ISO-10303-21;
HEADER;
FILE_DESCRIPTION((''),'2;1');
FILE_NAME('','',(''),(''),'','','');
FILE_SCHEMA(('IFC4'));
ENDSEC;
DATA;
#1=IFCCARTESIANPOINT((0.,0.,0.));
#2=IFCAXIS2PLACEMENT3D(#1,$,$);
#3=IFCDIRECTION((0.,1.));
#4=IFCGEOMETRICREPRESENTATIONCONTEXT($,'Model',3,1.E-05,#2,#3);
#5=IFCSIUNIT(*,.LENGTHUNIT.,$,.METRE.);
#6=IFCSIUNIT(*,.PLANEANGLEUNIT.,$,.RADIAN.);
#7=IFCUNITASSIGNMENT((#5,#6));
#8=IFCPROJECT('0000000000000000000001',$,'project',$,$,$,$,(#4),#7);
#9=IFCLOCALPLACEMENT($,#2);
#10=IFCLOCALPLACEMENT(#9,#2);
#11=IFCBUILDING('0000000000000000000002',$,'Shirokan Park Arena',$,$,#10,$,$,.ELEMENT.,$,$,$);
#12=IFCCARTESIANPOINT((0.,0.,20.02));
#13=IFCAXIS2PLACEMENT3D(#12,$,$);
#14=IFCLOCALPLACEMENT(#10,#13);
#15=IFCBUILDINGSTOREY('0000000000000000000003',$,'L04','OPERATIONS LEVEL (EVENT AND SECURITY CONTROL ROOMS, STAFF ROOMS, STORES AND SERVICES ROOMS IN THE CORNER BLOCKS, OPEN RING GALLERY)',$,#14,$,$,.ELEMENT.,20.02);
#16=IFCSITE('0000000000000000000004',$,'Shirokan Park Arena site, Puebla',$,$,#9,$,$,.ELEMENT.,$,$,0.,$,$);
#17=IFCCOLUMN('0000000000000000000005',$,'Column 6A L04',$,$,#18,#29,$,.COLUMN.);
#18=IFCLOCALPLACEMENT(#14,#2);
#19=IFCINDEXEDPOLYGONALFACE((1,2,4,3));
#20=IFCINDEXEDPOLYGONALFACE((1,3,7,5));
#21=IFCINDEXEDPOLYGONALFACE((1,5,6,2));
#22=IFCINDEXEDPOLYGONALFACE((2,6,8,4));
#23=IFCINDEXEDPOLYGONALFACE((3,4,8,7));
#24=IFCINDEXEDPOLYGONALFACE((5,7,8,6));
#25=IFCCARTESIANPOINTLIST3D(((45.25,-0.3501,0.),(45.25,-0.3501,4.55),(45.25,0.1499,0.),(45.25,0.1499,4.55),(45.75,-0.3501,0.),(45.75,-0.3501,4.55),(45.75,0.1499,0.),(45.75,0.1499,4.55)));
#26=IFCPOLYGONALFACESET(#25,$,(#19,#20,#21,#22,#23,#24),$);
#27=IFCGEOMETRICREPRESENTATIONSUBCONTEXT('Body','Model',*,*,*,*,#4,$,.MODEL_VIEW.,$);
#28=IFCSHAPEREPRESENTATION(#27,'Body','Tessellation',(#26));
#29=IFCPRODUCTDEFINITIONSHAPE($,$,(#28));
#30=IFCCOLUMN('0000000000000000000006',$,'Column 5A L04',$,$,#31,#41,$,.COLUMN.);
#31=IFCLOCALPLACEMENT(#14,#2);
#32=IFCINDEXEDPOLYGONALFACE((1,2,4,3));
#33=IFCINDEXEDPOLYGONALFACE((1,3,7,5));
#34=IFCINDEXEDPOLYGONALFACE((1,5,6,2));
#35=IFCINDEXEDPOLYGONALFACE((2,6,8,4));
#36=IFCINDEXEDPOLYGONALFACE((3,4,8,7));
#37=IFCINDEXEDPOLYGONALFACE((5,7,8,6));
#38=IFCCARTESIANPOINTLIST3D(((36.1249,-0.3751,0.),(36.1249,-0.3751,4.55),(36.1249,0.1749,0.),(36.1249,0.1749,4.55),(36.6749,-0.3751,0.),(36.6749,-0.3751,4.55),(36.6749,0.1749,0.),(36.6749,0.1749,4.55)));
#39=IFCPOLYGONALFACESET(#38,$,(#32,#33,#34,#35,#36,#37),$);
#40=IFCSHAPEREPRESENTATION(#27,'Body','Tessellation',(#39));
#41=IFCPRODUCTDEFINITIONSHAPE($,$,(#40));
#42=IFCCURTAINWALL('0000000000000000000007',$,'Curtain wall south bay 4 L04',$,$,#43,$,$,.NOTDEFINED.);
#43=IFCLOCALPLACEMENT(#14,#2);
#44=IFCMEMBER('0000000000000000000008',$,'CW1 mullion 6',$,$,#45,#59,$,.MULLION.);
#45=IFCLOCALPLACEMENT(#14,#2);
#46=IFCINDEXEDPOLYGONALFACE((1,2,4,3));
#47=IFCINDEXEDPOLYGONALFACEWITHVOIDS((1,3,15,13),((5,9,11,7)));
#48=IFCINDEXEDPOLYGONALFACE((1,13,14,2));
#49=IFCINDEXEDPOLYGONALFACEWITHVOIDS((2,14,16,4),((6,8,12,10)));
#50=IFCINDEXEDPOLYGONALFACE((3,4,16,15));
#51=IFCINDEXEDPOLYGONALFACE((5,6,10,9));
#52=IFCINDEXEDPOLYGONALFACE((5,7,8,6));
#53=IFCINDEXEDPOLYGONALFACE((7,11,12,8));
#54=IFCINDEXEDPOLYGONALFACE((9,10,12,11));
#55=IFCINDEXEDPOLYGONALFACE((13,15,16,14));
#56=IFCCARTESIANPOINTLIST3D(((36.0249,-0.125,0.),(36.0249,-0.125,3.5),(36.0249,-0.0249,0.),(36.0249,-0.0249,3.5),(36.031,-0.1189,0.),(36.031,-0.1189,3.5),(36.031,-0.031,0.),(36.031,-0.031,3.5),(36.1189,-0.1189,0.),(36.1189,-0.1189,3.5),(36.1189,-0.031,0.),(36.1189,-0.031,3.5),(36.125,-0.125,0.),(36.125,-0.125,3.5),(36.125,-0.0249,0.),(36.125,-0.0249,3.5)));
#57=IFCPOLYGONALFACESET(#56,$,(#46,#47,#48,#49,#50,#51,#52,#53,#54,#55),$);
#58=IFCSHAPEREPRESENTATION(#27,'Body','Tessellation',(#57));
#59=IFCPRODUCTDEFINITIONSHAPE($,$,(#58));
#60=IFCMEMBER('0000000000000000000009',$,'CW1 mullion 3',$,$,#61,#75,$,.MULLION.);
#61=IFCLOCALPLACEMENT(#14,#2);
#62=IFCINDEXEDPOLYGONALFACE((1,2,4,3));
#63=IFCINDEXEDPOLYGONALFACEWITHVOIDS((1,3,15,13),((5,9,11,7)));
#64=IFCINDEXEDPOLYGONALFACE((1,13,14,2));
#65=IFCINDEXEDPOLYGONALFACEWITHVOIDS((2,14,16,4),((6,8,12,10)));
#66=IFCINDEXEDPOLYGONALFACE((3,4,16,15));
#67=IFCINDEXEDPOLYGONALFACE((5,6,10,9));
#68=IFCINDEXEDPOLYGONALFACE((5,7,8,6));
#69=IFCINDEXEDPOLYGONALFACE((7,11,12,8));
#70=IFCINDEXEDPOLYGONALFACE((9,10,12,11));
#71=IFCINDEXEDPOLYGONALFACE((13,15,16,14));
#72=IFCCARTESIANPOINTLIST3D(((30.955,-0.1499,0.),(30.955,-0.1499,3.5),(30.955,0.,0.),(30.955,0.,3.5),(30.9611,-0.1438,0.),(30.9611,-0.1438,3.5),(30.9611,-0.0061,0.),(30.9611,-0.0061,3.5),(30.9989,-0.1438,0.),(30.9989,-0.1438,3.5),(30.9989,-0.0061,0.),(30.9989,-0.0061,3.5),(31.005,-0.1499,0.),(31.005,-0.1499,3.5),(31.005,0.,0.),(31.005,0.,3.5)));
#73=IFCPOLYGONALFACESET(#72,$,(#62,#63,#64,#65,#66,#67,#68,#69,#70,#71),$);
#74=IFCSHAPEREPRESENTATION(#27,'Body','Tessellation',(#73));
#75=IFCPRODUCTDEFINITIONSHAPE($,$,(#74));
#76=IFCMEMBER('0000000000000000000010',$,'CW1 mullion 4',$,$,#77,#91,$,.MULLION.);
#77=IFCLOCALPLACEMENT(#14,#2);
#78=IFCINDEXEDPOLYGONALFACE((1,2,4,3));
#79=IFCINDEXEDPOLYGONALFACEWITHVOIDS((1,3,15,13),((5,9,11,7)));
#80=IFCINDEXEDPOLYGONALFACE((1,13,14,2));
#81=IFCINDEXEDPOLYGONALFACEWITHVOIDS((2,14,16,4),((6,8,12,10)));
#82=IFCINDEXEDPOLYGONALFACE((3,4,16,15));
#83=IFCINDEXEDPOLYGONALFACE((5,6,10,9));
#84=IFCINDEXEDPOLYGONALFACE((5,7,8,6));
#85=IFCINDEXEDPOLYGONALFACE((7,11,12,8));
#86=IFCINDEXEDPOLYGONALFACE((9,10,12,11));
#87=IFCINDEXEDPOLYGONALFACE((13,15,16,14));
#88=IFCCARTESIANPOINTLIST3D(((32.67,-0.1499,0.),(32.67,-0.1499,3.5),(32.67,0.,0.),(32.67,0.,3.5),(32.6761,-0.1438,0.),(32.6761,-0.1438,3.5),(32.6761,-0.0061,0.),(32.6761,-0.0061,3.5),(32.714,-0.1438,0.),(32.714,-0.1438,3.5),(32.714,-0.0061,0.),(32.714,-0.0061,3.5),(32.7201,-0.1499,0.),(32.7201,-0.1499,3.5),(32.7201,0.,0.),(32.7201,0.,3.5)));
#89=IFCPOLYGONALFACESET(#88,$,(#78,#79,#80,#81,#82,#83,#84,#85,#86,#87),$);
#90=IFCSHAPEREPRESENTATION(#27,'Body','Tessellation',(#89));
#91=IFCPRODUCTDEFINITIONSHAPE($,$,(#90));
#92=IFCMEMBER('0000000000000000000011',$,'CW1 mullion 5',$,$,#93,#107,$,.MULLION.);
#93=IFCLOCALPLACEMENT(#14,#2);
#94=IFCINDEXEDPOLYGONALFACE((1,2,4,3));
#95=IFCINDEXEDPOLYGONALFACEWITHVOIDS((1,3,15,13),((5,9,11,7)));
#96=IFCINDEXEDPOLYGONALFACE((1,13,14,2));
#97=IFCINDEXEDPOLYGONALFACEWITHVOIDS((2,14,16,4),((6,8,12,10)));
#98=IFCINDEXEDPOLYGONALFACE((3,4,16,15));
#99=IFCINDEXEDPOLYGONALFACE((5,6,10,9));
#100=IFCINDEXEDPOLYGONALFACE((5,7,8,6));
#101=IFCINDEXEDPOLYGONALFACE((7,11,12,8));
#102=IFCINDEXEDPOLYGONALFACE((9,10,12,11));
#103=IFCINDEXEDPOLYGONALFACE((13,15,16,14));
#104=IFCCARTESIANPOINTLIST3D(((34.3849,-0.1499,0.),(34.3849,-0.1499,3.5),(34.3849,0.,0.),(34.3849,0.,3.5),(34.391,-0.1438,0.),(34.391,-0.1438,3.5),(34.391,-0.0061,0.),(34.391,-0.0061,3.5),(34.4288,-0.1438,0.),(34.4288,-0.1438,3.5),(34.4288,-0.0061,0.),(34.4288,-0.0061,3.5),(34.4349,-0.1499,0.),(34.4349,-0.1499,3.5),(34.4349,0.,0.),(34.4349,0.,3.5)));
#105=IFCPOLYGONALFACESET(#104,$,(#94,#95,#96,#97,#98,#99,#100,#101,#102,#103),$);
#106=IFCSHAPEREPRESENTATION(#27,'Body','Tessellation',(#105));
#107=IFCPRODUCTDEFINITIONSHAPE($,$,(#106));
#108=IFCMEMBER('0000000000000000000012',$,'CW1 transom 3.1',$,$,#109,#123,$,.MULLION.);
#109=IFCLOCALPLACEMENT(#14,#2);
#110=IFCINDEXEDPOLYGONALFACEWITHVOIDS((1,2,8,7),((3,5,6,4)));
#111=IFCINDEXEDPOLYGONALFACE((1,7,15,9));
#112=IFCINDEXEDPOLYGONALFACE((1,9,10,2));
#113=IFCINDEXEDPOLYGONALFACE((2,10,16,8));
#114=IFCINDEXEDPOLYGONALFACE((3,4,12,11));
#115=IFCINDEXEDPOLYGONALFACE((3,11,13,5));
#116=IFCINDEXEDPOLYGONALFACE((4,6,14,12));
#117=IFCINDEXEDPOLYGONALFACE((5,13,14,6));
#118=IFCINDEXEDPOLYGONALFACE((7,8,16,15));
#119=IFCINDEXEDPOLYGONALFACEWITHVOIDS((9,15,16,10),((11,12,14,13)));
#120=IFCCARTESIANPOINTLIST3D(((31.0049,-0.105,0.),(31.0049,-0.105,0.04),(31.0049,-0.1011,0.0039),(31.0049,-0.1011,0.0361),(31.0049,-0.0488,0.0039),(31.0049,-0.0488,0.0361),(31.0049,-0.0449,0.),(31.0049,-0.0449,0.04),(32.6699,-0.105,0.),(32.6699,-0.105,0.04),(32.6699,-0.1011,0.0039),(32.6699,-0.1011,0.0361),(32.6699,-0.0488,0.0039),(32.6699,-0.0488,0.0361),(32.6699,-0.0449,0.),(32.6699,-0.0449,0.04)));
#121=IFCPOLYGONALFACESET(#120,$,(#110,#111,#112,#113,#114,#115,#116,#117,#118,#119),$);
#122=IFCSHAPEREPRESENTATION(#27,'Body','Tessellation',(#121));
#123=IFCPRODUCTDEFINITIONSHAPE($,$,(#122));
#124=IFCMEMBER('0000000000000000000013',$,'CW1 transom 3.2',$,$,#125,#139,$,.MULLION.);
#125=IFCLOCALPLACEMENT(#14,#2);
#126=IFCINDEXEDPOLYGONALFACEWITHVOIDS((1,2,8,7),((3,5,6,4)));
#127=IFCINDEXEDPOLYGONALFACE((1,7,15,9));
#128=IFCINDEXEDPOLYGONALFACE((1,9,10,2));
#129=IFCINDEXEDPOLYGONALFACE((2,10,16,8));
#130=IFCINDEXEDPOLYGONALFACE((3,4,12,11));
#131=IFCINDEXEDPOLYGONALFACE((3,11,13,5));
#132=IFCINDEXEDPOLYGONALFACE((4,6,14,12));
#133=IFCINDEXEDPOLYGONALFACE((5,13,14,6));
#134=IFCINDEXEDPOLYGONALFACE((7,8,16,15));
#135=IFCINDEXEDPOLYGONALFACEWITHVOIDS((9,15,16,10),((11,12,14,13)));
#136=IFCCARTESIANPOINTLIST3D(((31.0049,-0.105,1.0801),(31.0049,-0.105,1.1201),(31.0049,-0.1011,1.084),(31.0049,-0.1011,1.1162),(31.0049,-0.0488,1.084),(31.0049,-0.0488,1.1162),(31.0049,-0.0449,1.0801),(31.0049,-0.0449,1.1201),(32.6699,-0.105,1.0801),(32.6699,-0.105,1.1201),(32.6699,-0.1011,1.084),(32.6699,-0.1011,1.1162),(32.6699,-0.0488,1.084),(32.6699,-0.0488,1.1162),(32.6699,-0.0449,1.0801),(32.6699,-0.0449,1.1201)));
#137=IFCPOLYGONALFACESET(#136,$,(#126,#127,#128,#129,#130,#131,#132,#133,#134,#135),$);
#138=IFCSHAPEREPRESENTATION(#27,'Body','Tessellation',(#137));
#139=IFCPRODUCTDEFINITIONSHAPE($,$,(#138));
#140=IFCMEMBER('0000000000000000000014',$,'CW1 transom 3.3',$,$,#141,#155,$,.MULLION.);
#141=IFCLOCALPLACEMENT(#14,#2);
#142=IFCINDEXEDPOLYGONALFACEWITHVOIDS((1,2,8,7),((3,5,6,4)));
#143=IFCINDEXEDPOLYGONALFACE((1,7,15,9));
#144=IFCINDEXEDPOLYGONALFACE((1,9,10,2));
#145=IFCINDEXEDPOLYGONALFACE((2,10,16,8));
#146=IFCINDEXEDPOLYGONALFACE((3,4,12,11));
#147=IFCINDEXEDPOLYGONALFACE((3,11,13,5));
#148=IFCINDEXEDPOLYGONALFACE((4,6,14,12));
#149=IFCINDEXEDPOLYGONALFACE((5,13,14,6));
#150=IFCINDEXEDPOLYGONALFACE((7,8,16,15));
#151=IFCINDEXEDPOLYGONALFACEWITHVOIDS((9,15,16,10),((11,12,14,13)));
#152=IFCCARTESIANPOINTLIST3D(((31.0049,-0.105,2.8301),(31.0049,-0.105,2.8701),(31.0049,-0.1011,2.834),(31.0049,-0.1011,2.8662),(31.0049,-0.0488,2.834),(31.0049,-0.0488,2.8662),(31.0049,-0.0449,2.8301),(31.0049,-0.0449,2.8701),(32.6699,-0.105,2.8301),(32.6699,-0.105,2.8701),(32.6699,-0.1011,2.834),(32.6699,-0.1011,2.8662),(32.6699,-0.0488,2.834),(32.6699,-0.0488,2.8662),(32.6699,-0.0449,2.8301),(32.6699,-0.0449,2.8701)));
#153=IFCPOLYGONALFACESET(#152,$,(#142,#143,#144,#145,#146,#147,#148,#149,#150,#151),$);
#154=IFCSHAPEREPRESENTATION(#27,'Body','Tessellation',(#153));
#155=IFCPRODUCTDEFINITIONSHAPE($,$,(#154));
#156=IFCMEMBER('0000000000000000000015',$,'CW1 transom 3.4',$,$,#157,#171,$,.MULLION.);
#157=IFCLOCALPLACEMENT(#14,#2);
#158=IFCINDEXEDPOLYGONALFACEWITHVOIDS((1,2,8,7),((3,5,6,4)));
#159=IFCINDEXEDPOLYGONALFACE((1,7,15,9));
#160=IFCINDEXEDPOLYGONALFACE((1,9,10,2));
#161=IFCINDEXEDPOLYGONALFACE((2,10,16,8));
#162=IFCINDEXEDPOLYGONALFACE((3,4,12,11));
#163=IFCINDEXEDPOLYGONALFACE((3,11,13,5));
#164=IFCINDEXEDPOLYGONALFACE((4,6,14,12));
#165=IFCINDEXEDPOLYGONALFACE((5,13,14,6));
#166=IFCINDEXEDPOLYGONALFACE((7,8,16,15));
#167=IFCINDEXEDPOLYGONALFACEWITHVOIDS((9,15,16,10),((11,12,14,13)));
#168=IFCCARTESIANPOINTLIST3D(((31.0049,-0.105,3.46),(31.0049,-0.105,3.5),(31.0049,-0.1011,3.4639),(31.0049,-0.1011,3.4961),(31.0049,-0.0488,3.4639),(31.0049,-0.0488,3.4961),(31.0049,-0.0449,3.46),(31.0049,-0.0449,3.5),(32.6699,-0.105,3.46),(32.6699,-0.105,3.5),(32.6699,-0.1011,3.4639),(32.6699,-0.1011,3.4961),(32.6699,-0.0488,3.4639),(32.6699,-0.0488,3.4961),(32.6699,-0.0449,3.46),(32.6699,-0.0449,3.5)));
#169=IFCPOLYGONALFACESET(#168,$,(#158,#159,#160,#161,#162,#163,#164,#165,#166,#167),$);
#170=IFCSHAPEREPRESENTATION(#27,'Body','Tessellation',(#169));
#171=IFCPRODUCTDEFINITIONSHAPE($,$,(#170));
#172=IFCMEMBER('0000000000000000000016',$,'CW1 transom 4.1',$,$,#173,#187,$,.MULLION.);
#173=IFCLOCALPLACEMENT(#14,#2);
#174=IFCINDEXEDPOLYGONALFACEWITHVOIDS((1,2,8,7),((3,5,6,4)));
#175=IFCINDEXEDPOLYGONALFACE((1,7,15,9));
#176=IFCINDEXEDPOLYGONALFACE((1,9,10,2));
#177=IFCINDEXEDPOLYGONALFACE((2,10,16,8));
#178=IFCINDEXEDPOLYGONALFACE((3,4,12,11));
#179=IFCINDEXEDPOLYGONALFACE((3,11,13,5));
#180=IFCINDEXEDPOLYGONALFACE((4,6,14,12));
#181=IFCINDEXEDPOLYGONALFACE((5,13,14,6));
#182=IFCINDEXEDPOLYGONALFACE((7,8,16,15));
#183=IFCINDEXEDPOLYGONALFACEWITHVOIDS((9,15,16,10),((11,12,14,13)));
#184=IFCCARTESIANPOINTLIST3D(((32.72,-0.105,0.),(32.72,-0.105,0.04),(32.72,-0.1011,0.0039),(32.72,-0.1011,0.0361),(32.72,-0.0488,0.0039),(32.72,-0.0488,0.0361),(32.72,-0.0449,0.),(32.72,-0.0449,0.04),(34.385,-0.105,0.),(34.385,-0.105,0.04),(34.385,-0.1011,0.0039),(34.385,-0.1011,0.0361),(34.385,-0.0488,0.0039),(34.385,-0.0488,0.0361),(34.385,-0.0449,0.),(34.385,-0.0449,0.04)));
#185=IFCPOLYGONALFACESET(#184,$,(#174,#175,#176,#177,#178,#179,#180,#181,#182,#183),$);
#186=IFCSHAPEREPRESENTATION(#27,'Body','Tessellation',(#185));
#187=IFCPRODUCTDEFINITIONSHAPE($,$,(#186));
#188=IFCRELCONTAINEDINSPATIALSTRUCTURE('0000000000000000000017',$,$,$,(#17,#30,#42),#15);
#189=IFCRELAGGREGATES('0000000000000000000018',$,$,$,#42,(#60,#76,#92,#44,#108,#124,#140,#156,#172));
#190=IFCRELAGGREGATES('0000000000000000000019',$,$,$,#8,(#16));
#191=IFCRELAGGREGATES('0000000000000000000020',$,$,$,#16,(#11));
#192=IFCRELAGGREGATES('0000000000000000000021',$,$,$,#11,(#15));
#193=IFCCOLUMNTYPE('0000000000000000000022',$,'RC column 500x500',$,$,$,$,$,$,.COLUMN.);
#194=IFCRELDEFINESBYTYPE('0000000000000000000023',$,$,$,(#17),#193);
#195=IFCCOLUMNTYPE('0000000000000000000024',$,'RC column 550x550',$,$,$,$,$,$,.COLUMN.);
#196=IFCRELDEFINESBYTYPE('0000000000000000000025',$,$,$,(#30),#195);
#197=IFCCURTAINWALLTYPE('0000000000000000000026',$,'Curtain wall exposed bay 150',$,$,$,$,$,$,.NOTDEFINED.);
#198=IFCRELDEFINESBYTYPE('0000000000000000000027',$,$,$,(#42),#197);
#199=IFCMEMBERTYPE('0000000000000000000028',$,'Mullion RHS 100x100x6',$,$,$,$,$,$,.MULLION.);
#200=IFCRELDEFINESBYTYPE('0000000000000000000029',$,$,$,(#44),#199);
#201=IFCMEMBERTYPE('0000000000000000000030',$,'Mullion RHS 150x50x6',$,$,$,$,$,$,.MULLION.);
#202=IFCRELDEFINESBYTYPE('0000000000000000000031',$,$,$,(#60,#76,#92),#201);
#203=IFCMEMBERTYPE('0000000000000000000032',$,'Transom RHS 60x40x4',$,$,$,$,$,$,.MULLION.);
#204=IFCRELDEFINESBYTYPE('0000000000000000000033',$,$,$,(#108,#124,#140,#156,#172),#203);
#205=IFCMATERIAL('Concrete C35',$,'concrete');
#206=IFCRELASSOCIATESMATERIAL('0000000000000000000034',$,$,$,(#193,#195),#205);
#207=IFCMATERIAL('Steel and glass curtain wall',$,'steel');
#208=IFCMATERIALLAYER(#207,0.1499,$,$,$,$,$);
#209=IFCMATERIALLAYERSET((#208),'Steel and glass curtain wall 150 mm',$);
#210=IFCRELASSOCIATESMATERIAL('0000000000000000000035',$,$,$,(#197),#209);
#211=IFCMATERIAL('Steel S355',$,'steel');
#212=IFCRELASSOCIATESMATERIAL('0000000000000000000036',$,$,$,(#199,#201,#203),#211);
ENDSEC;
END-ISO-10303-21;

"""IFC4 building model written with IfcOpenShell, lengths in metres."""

from ifc_helpers import new_model, si_unit, direction, frame, origin, origin_2d, place, context, subcontext, project, spatial, rectangle, hollow_rectangle, extrude, material, layer, layer_set, material_profile, profile_set, type_object, element, aggregate, save


model = new_model("IFC4")

# Units and contexts
model_context = context("Model", 3, precision=1e-05, world=origin(), true_north=direction((0.0, 1.0)))
body_context = subcontext(model_context, "Body", "Model", "MODEL_VIEW")
ifc_project = project(units=[si_unit("LENGTHUNIT", "METRE"), si_unit("PLANEANGLEUNIT", "RADIAN")], contexts=[model_context])

# Site, building, storey
site_placement = place(None, origin())
site = spatial("IfcSite", under=ifc_project, at=site_placement, Name="Shirokan Park Arena site, Puebla", CompositionType="ELEMENT", RefElevation=0.0)
building_placement = place(site_placement, origin())
building = spatial("IfcBuilding", under=site, at=building_placement, Name="Shirokan Park Arena", CompositionType="ELEMENT")
storey_placement = place(building_placement, frame((0.0, 0.0, 20.02)))
storey = spatial("IfcBuildingStorey", under=building, at=storey_placement, Name="L04", Description="OPERATIONS LEVEL (EVENT AND SECURITY CONTROL ROOMS, STAFF ROOMS, STORES AND SERVICES ROOMS IN THE CORNER BLOCKS, OPEN RING GALLERY)", CompositionType="ELEMENT", Elevation=20.02)

# Columns
ifc_material_1 = material(Name="Concrete C35", Category="concrete")
ifc_material_profile_1 = material_profile(ifc_material_1, rectangle(XDim=0.5, YDim=0.5, at=origin_2d()), Name="500x500")
ifc_profile_set_1 = profile_set([ifc_material_profile_1], Name="Concrete C35")
column_type_1 = type_object("IfcColumnType", Name="RC column 500x500", PredefinedType="COLUMN", material=ifc_profile_set_1)
column_1_placement = place(storey_placement, frame((45.5, -0.1001, 0.0), z_axis=(0.0, 0.0, 1.0), x_axis=(1.0, 0.0, 0.0)))
element("IfcColumn", 1, at=column_1_placement, inside=storey, type_object=column_type_1, Name="Column 6A L04", PredefinedType="COLUMN", context=body_context, shape_type="SweptSolid", body=[
    extrude(rectangle(XDim=0.5, YDim=0.5, at=origin_2d()), origin(), (0.0, 0.0, 1.0), 4.55),
])
ifc_material_profile_2 = material_profile(ifc_material_1, rectangle(XDim=0.55, YDim=0.55, at=origin_2d()), Name="550x550")
ifc_profile_set_2 = profile_set([ifc_material_profile_2], Name="Concrete C35")
column_type_2 = type_object("IfcColumnType", Name="RC column 550x550", PredefinedType="COLUMN", material=ifc_profile_set_2)
column_2_placement = place(storey_placement, frame((36.3999, -0.1001, 0.0), z_axis=(0.0, 0.0, 1.0), x_axis=(1.0, 0.0, 0.0)))
element("IfcColumn", 2, at=column_2_placement, inside=storey, type_object=column_type_2, Name="Column 5A L04", PredefinedType="COLUMN", context=body_context, shape_type="SweptSolid", body=[
    extrude(rectangle(XDim=0.55, YDim=0.55, at=origin_2d()), origin(), (0.0, 0.0, 1.0), 4.55),
])

# Curtain wall, members
ifc_material_2 = material(Name="Steel and glass curtain wall", Category="steel")
ifc_layer_1 = layer(ifc_material_2, 0.1499)
ifc_layer_set_1 = layer_set([ifc_layer_1], Name="Steel and glass curtain wall 150 mm")
curtain_wall_type = type_object("IfcCurtainWallType", Name="Curtain wall exposed bay 150", PredefinedType="NOTDEFINED", material=ifc_layer_set_1)
curtain_wall_placement = place(storey_placement, origin())
curtain_wall = element("IfcCurtainWall", 3, at=curtain_wall_placement, inside=storey, type_object=curtain_wall_type, Name="Curtain wall south bay 4 L04", PredefinedType="NOTDEFINED")
ifc_material_3 = material(Name="Steel S355", Category="steel")
ifc_material_profile_3 = material_profile(ifc_material_3, hollow_rectangle(XDim=0.1001, YDim=0.1001, WallThickness=0.0061, at=origin_2d()), Name="RHS 100x100x6")
ifc_profile_set_3 = profile_set([ifc_material_profile_3], Name="Steel S355")
member_type_1 = type_object("IfcMemberType", Name="Mullion RHS 100x100x6", PredefinedType="MULLION", material=ifc_profile_set_3)
member_1_placement = place(storey_placement, frame((36.075, -0.075, 0.0), z_axis=(0.0, 0.0, 1.0), x_axis=(0.0, 1.0, 0.0)))
member_1 = element("IfcMember", 4, at=member_1_placement, type_object=member_type_1, Name="CW1 mullion 6", PredefinedType="MULLION", context=body_context, shape_type="SweptSolid", body=[
    extrude(hollow_rectangle(XDim=0.1001, YDim=0.1001, WallThickness=0.0061, at=origin_2d()), origin(), (0.0, 0.0, 1.0), 3.5),
])
ifc_material_profile_4 = material_profile(ifc_material_3, hollow_rectangle(XDim=0.1499, YDim=0.05, WallThickness=0.0061, at=origin_2d()), Name="RHS 150x50x6")
ifc_profile_set_4 = profile_set([ifc_material_profile_4], Name="Steel S355")
member_type_2 = type_object("IfcMemberType", Name="Mullion RHS 150x50x6", PredefinedType="MULLION", material=ifc_profile_set_4)
member_2_placement = place(storey_placement, frame((30.98, -0.075, 0.0), z_axis=(0.0, 0.0, 1.0), x_axis=(0.0, 1.0, 0.0)))
member_2 = element("IfcMember", 5, at=member_2_placement, type_object=member_type_2, Name="CW1 mullion 3", PredefinedType="MULLION", context=body_context, shape_type="SweptSolid", body=[
    extrude(hollow_rectangle(XDim=0.1499, YDim=0.05, WallThickness=0.0061, at=origin_2d()), origin(), (0.0, 0.0, 1.0), 3.5),
])
member_3_placement = place(storey_placement, frame((32.6951, -0.075, 0.0), z_axis=(0.0, 0.0, 1.0), x_axis=(0.0, 1.0, 0.0)))
member_3 = element("IfcMember", 6, at=member_3_placement, type_object=member_type_2, Name="CW1 mullion 4", PredefinedType="MULLION", context=body_context, shape_type="SweptSolid", body=[
    extrude(hollow_rectangle(XDim=0.1499, YDim=0.05, WallThickness=0.0061, at=origin_2d()), origin(), (0.0, 0.0, 1.0), 3.5),
])
member_4_placement = place(storey_placement, frame((34.4099, -0.075, 0.0), z_axis=(0.0, 0.0, 1.0), x_axis=(0.0, 1.0, 0.0)))
member_4 = element("IfcMember", 7, at=member_4_placement, type_object=member_type_2, Name="CW1 mullion 5", PredefinedType="MULLION", context=body_context, shape_type="SweptSolid", body=[
    extrude(hollow_rectangle(XDim=0.1499, YDim=0.05, WallThickness=0.0061, at=origin_2d()), origin(), (0.0, 0.0, 1.0), 3.5),
])
ifc_material_profile_5 = material_profile(ifc_material_3, hollow_rectangle(XDim=0.0601, YDim=0.04, WallThickness=0.0039, at=origin_2d()), Name="RHS 60x40x4")
ifc_profile_set_5 = profile_set([ifc_material_profile_5], Name="Steel S355")
member_type_3 = type_object("IfcMemberType", Name="Transom RHS 60x40x4", PredefinedType="MULLION", material=ifc_profile_set_5)
member_5_placement = place(storey_placement, frame((31.0049, -0.075, 0.02), z_axis=(1.0, 0.0, 0.0), x_axis=(0.0, 1.0, 0.0)))
member_5 = element("IfcMember", 8, at=member_5_placement, type_object=member_type_3, Name="CW1 transom 3.1", PredefinedType="MULLION", context=body_context, shape_type="SweptSolid", body=[
    extrude(hollow_rectangle(XDim=0.0601, YDim=0.04, WallThickness=0.0039, at=origin_2d()), origin(), (0.0, 0.0, 1.0), 1.665),
])
member_6_placement = place(storey_placement, frame((31.0049, -0.075, 1.1001), z_axis=(1.0, 0.0, 0.0), x_axis=(0.0, 1.0, 0.0)))
member_6 = element("IfcMember", 9, at=member_6_placement, type_object=member_type_3, Name="CW1 transom 3.2", PredefinedType="MULLION", context=body_context, shape_type="SweptSolid", body=[
    extrude(hollow_rectangle(XDim=0.0601, YDim=0.04, WallThickness=0.0039, at=origin_2d()), origin(), (0.0, 0.0, 1.0), 1.665),
])
member_7_placement = place(storey_placement, frame((31.0049, -0.075, 2.8501), z_axis=(1.0, 0.0, 0.0), x_axis=(0.0, 1.0, 0.0)))
member_7 = element("IfcMember", 10, at=member_7_placement, type_object=member_type_3, Name="CW1 transom 3.3", PredefinedType="MULLION", context=body_context, shape_type="SweptSolid", body=[
    extrude(hollow_rectangle(XDim=0.0601, YDim=0.04, WallThickness=0.0039, at=origin_2d()), origin(), (0.0, 0.0, 1.0), 1.665),
])
member_8_placement = place(storey_placement, frame((31.0049, -0.075, 3.48), z_axis=(1.0, 0.0, 0.0), x_axis=(0.0, 1.0, 0.0)))
member_8 = element("IfcMember", 11, at=member_8_placement, type_object=member_type_3, Name="CW1 transom 3.4", PredefinedType="MULLION", context=body_context, shape_type="SweptSolid", body=[
    extrude(hollow_rectangle(XDim=0.0601, YDim=0.04, WallThickness=0.0039, at=origin_2d()), origin(), (0.0, 0.0, 1.0), 1.665),
])
member_9_placement = place(storey_placement, frame((32.72, -0.075, 0.02), z_axis=(1.0, 0.0, 0.0), x_axis=(0.0, 1.0, 0.0)))
member_9 = element("IfcMember", 12, at=member_9_placement, type_object=member_type_3, Name="CW1 transom 4.1", PredefinedType="MULLION", context=body_context, shape_type="SweptSolid", body=[
    extrude(hollow_rectangle(XDim=0.0601, YDim=0.04, WallThickness=0.0039, at=origin_2d()), origin(), (0.0, 0.0, 1.0), 1.665),
])
aggregate(curtain_wall, [member_2, member_3, member_4, member_1, member_5, member_6, member_7, member_8, member_9])

save(model, "model.ifc")
